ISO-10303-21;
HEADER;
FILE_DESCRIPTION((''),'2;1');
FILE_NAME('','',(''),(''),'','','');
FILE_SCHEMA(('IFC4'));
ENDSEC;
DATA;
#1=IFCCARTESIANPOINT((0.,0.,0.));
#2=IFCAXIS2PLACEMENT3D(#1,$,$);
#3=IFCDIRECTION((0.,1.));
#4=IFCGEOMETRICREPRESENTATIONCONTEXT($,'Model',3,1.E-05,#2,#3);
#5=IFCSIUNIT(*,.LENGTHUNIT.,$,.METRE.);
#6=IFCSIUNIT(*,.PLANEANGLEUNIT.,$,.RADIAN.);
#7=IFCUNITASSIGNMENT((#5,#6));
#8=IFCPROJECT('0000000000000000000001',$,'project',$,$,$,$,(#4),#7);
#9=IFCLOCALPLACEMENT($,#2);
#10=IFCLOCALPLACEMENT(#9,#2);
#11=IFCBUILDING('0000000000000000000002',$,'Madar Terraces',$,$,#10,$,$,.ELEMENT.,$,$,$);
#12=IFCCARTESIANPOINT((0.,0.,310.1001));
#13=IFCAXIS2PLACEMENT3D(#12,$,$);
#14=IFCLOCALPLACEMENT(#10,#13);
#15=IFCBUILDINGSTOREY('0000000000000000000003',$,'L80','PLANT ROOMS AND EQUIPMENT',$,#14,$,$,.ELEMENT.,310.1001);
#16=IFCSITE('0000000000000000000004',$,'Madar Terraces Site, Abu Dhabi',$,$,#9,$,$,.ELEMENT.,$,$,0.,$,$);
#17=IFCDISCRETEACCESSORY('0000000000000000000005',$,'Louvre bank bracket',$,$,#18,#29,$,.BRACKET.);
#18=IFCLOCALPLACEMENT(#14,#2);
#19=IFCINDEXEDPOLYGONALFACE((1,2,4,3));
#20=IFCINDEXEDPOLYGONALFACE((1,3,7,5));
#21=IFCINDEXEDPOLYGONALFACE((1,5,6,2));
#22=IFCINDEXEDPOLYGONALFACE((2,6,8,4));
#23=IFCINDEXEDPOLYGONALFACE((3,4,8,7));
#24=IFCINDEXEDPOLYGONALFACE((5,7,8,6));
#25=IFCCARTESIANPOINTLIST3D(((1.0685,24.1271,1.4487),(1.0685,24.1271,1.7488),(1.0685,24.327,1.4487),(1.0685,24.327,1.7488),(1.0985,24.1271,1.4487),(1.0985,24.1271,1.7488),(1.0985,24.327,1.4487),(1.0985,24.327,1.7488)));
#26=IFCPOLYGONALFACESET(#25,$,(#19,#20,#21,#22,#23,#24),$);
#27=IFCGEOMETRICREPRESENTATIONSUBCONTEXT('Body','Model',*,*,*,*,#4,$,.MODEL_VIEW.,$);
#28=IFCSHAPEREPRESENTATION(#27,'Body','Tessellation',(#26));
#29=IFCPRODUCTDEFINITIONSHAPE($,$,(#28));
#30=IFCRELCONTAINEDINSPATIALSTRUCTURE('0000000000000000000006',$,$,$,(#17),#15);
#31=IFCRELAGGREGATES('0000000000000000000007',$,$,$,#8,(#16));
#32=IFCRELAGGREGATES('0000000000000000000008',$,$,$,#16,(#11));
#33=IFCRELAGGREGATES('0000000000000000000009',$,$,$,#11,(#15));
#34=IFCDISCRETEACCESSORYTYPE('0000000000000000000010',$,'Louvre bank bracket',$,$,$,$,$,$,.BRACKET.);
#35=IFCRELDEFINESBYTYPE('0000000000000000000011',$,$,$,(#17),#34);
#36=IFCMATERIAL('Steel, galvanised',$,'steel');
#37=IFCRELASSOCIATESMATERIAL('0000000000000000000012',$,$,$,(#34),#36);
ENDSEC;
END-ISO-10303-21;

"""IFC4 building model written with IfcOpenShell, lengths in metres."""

from ifc_helpers import new_model, si_unit, direction, frame, origin, origin_2d, place, context, subcontext, project, spatial, rectangle, extrude, material, type_object, element, save


model = new_model("IFC4")

# Units and contexts
model_context = context("Model", 3, precision=1e-05, world=origin(), true_north=direction((0.0, 1.0)))
body_context = subcontext(model_context, "Body", "Model", "MODEL_VIEW")
ifc_project = project(units=[si_unit("LENGTHUNIT", "METRE"), si_unit("PLANEANGLEUNIT", "RADIAN")], contexts=[model_context])

# Site, building, storey
site_placement = place(None, origin())
site = spatial("IfcSite", under=ifc_project, at=site_placement, Name="Madar Terraces Site, Abu Dhabi", CompositionType="ELEMENT", RefElevation=0.0)
building_placement = place(site_placement, origin())
building = spatial("IfcBuilding", under=site, at=building_placement, Name="Madar Terraces", CompositionType="ELEMENT")
storey_placement = place(building_placement, frame((0.0, 0.0, 310.1001)))
storey = spatial("IfcBuildingStorey", under=building, at=storey_placement, Name="L80", Description="PLANT ROOMS AND EQUIPMENT", CompositionType="ELEMENT", Elevation=310.1001)

# Discrete accessory
ifc_material_1 = material(Name="Steel, galvanised", Category="steel")
discrete_accessory_type = type_object("IfcDiscreteAccessoryType", Name="Louvre bank bracket", PredefinedType="BRACKET", material=ifc_material_1)
for number, where, z_axis, x_axis, name in (
    (1, (1.0835, 24.2271, 1.4487), (0.0, 0.0, 1.0), (0.0, -1.0, 0.0), "Louvre bank bracket"),
):
    element("IfcDiscreteAccessory", number, at=place(storey_placement, frame(where, z_axis=z_axis, x_axis=x_axis)), inside=storey, type_object=discrete_accessory_type, Name=name, PredefinedType="BRACKET", context=body_context, shape_type="SweptSolid", body=[
        extrude(rectangle(XDim=0.2, YDim=0.03, at=origin_2d()), origin(), (0.0, 0.0, 1.0), 0.3),
    ])

save(model, "model.ifc")
